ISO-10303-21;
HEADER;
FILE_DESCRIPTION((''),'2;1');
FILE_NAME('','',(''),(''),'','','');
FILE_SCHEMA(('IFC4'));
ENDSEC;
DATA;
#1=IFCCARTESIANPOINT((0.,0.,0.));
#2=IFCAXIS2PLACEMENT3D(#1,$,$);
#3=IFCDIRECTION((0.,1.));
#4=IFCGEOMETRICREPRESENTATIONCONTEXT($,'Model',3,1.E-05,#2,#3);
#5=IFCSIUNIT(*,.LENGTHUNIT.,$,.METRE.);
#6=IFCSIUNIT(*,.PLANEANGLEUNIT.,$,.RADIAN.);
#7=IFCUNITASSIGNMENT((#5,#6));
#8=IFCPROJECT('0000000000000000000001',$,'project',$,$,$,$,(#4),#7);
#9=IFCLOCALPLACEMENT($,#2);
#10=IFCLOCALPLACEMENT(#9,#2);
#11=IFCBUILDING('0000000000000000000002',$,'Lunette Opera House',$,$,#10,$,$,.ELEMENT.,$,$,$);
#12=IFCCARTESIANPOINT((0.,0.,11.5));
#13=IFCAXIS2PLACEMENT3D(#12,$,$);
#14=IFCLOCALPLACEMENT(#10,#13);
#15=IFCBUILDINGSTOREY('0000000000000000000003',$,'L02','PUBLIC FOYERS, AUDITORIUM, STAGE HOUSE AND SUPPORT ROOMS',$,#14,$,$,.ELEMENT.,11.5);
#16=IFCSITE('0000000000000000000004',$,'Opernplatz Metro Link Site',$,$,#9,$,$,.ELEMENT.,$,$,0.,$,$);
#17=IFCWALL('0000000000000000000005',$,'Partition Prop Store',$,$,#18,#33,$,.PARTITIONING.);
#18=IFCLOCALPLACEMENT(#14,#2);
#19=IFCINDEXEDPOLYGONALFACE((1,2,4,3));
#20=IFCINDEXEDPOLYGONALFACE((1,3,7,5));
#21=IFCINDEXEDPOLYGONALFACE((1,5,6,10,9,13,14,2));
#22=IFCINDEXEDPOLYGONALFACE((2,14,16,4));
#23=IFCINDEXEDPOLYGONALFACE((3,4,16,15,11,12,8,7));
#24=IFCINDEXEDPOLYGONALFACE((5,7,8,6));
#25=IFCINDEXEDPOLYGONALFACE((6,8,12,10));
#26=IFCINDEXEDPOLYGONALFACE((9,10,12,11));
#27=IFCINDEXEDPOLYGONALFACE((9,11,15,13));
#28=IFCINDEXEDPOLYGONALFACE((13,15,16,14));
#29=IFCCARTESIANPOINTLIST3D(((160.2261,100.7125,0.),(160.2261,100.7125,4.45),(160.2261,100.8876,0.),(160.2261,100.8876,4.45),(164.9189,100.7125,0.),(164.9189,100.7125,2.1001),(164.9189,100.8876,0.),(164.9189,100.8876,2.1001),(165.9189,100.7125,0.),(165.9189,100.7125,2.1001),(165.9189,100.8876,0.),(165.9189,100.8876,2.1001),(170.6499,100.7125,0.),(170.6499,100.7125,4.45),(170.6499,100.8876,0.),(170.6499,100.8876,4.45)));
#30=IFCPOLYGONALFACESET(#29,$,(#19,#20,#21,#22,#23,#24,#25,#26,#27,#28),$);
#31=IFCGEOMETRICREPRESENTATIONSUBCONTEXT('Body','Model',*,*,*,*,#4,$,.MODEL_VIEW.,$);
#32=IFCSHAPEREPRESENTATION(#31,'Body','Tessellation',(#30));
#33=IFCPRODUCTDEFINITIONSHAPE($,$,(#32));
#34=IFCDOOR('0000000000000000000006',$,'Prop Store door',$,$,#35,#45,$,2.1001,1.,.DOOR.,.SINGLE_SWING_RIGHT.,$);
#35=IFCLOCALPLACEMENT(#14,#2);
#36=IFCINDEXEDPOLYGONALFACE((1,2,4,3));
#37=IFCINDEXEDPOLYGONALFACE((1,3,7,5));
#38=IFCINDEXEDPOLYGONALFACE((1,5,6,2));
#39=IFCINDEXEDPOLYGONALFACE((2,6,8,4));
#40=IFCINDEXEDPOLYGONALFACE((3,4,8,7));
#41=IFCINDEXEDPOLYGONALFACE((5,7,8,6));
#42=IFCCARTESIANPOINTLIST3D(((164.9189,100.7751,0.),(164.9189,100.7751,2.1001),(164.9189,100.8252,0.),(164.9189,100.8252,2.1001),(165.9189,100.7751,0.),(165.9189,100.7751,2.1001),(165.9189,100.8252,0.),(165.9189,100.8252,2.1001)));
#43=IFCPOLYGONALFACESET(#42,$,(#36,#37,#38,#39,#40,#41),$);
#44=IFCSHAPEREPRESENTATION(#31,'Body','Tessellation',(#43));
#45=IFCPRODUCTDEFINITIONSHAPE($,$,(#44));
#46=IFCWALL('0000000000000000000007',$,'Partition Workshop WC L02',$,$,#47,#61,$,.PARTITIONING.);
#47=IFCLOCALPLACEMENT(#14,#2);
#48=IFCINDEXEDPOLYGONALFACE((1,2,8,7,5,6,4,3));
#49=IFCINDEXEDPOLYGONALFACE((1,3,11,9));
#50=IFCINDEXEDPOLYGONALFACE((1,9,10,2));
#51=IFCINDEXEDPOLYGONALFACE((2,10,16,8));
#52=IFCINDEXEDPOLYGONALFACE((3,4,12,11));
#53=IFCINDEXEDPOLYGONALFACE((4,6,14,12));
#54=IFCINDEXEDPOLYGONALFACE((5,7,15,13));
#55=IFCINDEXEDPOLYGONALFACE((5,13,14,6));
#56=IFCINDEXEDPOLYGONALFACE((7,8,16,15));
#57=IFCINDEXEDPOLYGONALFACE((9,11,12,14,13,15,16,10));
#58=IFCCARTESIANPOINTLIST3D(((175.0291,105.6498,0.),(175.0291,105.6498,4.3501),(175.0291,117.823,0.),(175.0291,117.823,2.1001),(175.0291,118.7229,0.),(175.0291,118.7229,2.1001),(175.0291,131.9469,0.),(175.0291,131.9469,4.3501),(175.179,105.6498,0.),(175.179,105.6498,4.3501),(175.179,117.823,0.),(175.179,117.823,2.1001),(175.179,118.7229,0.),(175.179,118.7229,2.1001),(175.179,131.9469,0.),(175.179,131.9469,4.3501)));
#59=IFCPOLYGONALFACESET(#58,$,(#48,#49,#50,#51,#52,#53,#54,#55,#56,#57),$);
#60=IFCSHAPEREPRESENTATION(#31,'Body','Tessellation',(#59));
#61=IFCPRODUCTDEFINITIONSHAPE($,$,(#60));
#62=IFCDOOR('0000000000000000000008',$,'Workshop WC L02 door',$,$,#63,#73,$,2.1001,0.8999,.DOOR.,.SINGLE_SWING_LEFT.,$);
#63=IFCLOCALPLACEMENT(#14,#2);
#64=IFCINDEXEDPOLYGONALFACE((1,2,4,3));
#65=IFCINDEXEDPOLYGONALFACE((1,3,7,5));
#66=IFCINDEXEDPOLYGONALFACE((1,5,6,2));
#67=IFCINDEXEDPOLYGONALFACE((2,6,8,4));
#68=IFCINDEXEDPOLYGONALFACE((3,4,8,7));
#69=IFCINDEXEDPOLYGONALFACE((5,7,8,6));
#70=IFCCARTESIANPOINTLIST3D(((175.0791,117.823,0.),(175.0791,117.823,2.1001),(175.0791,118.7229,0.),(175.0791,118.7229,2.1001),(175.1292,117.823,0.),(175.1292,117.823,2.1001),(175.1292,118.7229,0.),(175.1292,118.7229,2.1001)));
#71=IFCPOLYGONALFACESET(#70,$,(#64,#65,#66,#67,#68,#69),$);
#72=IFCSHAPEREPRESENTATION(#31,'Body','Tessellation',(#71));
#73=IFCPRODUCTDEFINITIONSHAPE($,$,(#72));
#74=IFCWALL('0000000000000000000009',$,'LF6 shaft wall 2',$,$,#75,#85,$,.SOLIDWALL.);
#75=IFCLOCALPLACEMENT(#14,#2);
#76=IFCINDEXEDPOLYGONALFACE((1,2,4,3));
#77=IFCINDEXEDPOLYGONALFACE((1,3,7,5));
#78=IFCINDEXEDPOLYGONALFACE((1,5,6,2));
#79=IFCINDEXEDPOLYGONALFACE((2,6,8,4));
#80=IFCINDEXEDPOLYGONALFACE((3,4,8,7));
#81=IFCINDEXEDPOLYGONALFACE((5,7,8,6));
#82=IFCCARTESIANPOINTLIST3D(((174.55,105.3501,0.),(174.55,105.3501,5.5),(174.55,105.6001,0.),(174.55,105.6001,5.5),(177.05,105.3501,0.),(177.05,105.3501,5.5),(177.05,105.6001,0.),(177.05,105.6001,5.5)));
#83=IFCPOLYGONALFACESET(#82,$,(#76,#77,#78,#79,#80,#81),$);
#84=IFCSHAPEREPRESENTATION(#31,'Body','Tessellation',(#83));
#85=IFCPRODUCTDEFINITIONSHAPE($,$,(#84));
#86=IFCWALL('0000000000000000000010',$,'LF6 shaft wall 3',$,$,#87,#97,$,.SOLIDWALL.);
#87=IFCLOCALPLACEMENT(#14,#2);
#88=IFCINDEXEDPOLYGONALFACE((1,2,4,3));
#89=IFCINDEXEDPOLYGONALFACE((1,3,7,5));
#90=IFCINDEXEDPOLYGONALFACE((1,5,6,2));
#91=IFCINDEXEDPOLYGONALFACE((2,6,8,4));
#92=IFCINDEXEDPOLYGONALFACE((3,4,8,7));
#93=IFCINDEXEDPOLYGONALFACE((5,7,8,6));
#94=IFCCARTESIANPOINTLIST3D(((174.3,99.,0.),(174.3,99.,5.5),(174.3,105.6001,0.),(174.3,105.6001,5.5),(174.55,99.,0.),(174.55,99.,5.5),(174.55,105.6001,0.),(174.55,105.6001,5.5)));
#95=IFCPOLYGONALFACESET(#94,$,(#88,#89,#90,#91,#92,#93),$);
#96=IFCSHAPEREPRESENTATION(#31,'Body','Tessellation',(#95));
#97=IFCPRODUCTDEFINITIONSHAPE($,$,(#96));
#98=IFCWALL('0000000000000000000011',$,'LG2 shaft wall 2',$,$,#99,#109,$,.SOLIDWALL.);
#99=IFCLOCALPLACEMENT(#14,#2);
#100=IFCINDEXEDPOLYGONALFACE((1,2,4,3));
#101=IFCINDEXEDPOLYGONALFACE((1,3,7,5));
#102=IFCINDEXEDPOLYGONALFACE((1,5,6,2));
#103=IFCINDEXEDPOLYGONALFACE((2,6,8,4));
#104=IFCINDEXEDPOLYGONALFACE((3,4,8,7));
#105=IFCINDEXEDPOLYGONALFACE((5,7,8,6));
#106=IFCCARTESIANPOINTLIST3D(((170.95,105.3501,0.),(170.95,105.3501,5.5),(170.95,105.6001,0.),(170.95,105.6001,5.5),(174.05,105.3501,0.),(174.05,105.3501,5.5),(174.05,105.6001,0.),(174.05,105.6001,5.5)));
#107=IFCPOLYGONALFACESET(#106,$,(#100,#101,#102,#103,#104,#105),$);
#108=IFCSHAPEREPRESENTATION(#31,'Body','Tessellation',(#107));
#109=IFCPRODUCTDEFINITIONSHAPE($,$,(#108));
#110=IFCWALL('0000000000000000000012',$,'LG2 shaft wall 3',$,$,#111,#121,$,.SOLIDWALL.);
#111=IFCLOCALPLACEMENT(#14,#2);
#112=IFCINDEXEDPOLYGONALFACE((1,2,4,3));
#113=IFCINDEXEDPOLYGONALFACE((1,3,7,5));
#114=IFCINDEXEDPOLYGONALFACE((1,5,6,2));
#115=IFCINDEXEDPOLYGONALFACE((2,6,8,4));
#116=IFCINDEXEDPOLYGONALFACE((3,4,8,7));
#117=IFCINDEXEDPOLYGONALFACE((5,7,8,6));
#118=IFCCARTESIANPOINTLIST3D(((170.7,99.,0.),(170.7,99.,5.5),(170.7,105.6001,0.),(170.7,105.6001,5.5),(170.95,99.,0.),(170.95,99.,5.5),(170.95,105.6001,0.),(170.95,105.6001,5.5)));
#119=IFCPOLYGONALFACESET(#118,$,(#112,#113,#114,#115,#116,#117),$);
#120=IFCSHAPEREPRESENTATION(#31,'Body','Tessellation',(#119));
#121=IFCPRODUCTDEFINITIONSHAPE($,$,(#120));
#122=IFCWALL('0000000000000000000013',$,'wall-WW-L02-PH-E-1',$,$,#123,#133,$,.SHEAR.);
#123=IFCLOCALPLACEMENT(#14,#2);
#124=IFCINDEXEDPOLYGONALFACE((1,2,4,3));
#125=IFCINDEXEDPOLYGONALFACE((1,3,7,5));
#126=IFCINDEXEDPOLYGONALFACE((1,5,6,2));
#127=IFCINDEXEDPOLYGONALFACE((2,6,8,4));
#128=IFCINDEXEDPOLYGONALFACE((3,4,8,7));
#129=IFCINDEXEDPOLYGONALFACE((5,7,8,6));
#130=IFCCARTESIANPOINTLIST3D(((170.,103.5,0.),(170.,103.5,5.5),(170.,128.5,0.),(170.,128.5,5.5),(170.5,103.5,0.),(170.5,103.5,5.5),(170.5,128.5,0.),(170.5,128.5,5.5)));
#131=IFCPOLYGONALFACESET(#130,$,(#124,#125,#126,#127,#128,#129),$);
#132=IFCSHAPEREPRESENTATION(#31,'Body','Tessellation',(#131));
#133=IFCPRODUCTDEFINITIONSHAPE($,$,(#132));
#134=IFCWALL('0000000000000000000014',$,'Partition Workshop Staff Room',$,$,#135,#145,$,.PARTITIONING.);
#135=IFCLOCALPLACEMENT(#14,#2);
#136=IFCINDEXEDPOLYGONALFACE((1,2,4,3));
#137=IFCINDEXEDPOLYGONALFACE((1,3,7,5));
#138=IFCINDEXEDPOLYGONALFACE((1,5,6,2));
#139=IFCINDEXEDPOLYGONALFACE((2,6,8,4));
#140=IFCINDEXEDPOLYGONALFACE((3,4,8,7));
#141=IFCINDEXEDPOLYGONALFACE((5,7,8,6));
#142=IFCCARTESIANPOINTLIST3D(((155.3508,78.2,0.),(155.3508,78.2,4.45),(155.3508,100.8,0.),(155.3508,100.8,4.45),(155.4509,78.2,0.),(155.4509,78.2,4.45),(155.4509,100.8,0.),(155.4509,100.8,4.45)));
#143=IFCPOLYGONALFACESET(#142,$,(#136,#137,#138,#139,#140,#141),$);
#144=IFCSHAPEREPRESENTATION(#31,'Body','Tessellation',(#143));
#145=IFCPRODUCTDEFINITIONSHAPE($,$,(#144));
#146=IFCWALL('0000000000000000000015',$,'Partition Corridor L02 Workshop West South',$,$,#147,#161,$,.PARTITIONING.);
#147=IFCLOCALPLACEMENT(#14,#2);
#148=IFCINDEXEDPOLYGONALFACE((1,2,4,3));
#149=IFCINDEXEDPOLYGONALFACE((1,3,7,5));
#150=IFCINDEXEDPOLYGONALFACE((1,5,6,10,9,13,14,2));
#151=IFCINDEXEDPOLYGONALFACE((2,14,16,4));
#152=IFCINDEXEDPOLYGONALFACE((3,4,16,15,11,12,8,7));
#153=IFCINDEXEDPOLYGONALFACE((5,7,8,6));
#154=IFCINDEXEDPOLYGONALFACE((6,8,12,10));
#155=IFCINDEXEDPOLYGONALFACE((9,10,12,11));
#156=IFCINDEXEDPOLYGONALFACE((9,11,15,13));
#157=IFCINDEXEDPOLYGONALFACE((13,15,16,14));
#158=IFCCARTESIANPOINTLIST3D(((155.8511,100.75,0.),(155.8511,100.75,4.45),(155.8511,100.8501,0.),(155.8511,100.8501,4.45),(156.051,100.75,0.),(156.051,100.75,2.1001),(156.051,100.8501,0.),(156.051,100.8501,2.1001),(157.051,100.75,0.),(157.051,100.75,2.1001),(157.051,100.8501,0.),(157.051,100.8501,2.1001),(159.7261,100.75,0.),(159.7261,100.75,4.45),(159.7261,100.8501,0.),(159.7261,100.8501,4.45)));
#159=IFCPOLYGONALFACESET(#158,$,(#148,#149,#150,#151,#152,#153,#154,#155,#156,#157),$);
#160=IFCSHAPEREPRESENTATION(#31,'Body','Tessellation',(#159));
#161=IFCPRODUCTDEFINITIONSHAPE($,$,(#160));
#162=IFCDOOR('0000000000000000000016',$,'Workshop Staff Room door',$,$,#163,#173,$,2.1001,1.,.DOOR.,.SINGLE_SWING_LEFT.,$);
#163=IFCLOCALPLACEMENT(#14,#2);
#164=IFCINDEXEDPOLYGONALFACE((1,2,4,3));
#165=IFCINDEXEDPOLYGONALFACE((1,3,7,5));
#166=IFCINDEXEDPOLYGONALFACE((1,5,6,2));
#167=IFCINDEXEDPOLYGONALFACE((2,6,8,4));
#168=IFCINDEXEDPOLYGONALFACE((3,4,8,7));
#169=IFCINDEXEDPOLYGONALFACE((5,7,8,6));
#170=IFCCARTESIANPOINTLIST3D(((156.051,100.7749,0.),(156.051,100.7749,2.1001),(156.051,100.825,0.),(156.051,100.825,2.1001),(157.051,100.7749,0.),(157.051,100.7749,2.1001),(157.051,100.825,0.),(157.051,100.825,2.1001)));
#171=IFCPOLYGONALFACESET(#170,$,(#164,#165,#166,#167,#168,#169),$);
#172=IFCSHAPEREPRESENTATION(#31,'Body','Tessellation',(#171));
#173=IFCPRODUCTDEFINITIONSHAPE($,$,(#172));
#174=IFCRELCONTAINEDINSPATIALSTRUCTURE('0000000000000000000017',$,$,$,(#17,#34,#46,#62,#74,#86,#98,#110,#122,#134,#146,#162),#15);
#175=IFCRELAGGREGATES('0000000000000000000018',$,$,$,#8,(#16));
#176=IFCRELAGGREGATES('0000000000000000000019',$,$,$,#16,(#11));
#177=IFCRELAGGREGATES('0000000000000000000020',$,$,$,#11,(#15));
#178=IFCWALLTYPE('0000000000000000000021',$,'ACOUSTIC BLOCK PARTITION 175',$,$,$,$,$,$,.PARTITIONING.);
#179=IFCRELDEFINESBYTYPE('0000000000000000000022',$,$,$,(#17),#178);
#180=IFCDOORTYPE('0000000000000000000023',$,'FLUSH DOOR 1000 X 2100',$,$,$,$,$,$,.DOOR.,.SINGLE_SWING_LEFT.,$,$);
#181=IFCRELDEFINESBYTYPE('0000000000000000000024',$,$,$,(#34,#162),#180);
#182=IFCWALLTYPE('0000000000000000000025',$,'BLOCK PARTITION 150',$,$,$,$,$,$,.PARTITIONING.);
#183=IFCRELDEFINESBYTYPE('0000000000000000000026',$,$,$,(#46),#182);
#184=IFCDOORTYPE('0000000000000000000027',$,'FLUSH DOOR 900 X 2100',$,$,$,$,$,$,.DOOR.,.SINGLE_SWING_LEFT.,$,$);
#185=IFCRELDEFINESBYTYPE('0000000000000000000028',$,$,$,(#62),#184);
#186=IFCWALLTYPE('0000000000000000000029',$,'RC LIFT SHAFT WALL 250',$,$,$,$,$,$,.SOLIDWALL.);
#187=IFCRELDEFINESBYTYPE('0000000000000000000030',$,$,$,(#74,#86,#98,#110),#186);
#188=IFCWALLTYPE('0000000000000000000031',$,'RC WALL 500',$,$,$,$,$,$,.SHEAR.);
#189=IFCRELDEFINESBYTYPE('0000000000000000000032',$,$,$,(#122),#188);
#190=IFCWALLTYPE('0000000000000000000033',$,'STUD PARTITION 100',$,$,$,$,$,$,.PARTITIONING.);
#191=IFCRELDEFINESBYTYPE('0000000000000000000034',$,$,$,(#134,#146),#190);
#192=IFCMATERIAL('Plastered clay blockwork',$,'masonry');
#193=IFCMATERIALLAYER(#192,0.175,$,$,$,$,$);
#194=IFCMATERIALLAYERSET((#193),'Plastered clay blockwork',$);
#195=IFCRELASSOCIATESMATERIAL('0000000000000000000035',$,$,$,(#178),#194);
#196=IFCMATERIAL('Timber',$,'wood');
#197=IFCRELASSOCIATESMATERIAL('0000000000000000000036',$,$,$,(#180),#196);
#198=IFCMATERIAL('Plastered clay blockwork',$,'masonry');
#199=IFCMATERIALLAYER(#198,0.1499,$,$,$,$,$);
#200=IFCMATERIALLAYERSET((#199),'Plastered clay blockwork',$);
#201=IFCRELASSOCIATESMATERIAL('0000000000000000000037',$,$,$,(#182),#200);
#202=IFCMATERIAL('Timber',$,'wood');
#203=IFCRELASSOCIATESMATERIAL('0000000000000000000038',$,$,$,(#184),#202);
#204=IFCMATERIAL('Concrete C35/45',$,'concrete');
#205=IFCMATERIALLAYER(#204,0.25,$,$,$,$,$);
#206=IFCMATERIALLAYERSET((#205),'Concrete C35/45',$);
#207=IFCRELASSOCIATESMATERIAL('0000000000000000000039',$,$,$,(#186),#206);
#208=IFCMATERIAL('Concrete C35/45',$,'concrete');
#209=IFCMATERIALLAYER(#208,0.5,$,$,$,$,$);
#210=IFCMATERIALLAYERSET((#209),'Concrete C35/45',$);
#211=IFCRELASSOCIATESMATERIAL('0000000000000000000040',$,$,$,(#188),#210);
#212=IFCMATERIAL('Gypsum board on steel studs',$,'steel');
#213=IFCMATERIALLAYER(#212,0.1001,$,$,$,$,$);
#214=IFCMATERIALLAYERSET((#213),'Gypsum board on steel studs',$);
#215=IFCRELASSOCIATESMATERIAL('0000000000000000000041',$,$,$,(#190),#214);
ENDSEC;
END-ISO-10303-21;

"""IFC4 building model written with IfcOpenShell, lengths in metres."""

from ifc_helpers import new_model, si_unit, direction, frame, frame_2d, origin, place, context, subcontext, project, spatial, rectangle, extrude, material, layer, layer_set, type_object, element, fill, save


model = new_model("IFC4")

# Units and contexts
model_context = context("Model", 3, precision=1e-05, world=origin(), true_north=direction((0.0, 1.0)))
body_context = subcontext(model_context, "Body", "Model", "MODEL_VIEW")
ifc_project = project(units=[si_unit("LENGTHUNIT", "METRE"), si_unit("PLANEANGLEUNIT", "RADIAN")], contexts=[model_context])

# Site, building, storey
site_placement = place(None, origin())
site = spatial("IfcSite", under=ifc_project, at=site_placement, Name="Opernplatz Metro Link Site", CompositionType="ELEMENT", RefElevation=0.0)
building_placement = place(site_placement, origin())
building = spatial("IfcBuilding", under=site, at=building_placement, Name="Lunette Opera House", CompositionType="ELEMENT")
storey_placement = place(building_placement, frame((0.0, 0.0, 11.5)))
storey = spatial("IfcBuildingStorey", under=building, at=storey_placement, Name="L02", Description="PUBLIC FOYERS, AUDITORIUM, STAGE HOUSE AND SUPPORT ROOMS", CompositionType="ELEMENT", Elevation=11.5)

# Shared definitions
ifc_material_1 = material(Name="Plastered clay blockwork", Category="masonry")
ifc_layer_1 = layer(ifc_material_1, 0.175)
ifc_layer_set_1 = layer_set([ifc_layer_1], Name="Plastered clay blockwork")
wall_type_1 = type_object("IfcWallType", Name="ACOUSTIC BLOCK PARTITION 175", PredefinedType="PARTITIONING", material=ifc_layer_set_1)

# Walls, openings, doors
wall_1_placement = place(storey_placement, frame((170.6499, 100.8, 0.0), z_axis=(0.0, 0.0, 1.0), x_axis=(-1.0, 0.0, 0.0)))
wall_1 = element("IfcWall", 1, at=wall_1_placement, inside=storey, type_object=wall_type_1, Name="Partition Prop Store", PredefinedType="PARTITIONING", context=body_context, shape_type="SweptSolid", body=[
    extrude(rectangle(XDim=10.4238, YDim=0.175, at=frame_2d((5.2119, 0.0))), origin(), (0.0, 0.0, 1.0), 4.45),
])
opening_1_placement = place(wall_1_placement, frame((4.731, 0.0, 0.0)))
opening_1 = element("IfcOpeningElement", 2, at=opening_1_placement, cuts=wall_1, PredefinedType="OPENING", context=body_context, shape_type="SweptSolid", body=[
    extrude(rectangle(XDim=1.0, YDim=2.1001, at=frame_2d((0.5, 1.05))), frame((0.0, 0.0996, 0.0), z_axis=(0.0, -1.0, 0.0), x_axis=(1.0, 0.0, 0.0)), (0.0, 0.0, 1.0), 0.199),
])
ifc_material_2 = material(Name="Timber", Category="wood")
door_type_1 = type_object("IfcDoorType", Name="FLUSH DOOR 1000 X 2100", OperationType="SINGLE_SWING_LEFT", PredefinedType="DOOR", material=ifc_material_2)
door_1_placement = place(opening_1_placement, origin())
door_1 = element("IfcDoor", 3, at=door_1_placement, inside=storey, type_object=door_type_1, Name="Prop Store door", OperationType="SINGLE_SWING_RIGHT", OverallHeight=2.1001, OverallWidth=1.0, PredefinedType="DOOR", context=body_context, shape_type="SweptSolid", body=[
    extrude(rectangle(XDim=1.0, YDim=2.1001, at=frame_2d((0.5, 1.05))), frame((0.0, 0.0249, 0.0), z_axis=(0.0, -1.0, 0.0), x_axis=(1.0, 0.0, 0.0)), (0.0, 0.0, 1.0), 0.05),
])
fill(opening_1, door_1)
ifc_material_3 = material(Name="Plastered clay blockwork", Category="masonry")
ifc_layer_2 = layer(ifc_material_3, 0.1499)
ifc_layer_set_2 = layer_set([ifc_layer_2], Name="Plastered clay blockwork")
wall_type_2 = type_object("IfcWallType", Name="BLOCK PARTITION 150", PredefinedType="PARTITIONING", material=ifc_layer_set_2)
wall_2_placement = place(storey_placement, frame((175.104, 105.6499, 0.0), z_axis=(0.0, 0.0, 1.0), x_axis=(0.0, 1.0, 0.0)))
wall_2 = element("IfcWall", 4, at=wall_2_placement, inside=storey, type_object=wall_type_2, Name="Partition Workshop WC L02", PredefinedType="PARTITIONING", context=body_context, shape_type="SweptSolid", body=[
    extrude(rectangle(XDim=26.2971, YDim=0.1499, at=frame_2d((13.1484, 0.0))), origin(), (0.0, 0.0, 1.0), 4.3501),
])
opening_2_placement = place(wall_2_placement, frame((12.1731, 0.0, 0.0)))
opening_2 = element("IfcOpeningElement", 5, at=opening_2_placement, cuts=wall_2, PredefinedType="OPENING", context=body_context, shape_type="SweptSolid", body=[
    extrude(rectangle(XDim=0.8999, YDim=2.1001, at=frame_2d((0.45, 1.05))), frame((0.0, 0.0869, 0.0), z_axis=(0.0, -1.0, 0.0), x_axis=(1.0, 0.0, 0.0)), (0.0, 0.0, 1.0), 0.1738),
])
ifc_material_4 = material(Name="Timber", Category="wood")
door_type_2 = type_object("IfcDoorType", Name="FLUSH DOOR 900 X 2100", OperationType="SINGLE_SWING_LEFT", PredefinedType="DOOR", material=ifc_material_4)
door_2_placement = place(opening_2_placement, origin())
door_2 = element("IfcDoor", 6, at=door_2_placement, inside=storey, type_object=door_type_2, Name="Workshop WC L02 door", OperationType="SINGLE_SWING_LEFT", OverallHeight=2.1001, OverallWidth=0.8999, PredefinedType="DOOR", context=body_context, shape_type="SweptSolid", body=[
    extrude(rectangle(XDim=0.8999, YDim=2.1001, at=frame_2d((0.45, 1.05))), frame((0.0, 0.0249, 0.0), z_axis=(0.0, -1.0, 0.0), x_axis=(1.0, 0.0, 0.0)), (0.0, 0.0, 1.0), 0.05),
])
fill(opening_2, door_2)

# Walls
ifc_material_5 = material(Name="Concrete C35/45", Category="concrete")
ifc_layer_3 = layer(ifc_material_5, 0.25)
ifc_layer_set_3 = layer_set([ifc_layer_3], Name="Concrete C35/45")
wall_type_3 = type_object("IfcWallType", Name="RC LIFT SHAFT WALL 250", PredefinedType="SOLIDWALL", material=ifc_layer_set_3)
wall_3_placement = place(storey_placement, frame((177.05, 105.4751, 0.0), z_axis=(0.0, 0.0, 1.0), x_axis=(-1.0, 0.0, 0.0)))
element("IfcWall", 7, at=wall_3_placement, inside=storey, type_object=wall_type_3, Name="LF6 shaft wall 2", PredefinedType="SOLIDWALL", context=body_context, shape_type="SweptSolid", body=[
    extrude(rectangle(XDim=2.5, YDim=0.25, at=frame_2d((1.25, 0.0))), origin(), (0.0, 0.0, 1.0), 5.5),
])
wall_4_placement = place(storey_placement, frame((174.425, 105.6001, 0.0), z_axis=(0.0, 0.0, 1.0), x_axis=(0.0, -1.0, 0.0)))
element("IfcWall", 8, at=wall_4_placement, inside=storey, type_object=wall_type_3, Name="LF6 shaft wall 3", PredefinedType="SOLIDWALL", context=body_context, shape_type="SweptSolid", body=[
    extrude(rectangle(XDim=6.6001, YDim=0.25, at=frame_2d((3.3, 0.0))), origin(), (0.0, 0.0, 1.0), 5.5),
])
wall_5_placement = place(storey_placement, frame((174.05, 105.4751, 0.0), z_axis=(0.0, 0.0, 1.0), x_axis=(-1.0, 0.0, 0.0)))
element("IfcWall", 9, at=wall_5_placement, inside=storey, type_object=wall_type_3, Name="LG2 shaft wall 2", PredefinedType="SOLIDWALL", context=body_context, shape_type="SweptSolid", body=[
    extrude(rectangle(XDim=3.1001, YDim=0.25, at=frame_2d((1.55, 0.0))), origin(), (0.0, 0.0, 1.0), 5.5),
])
wall_6_placement = place(storey_placement, frame((170.825, 105.6001, 0.0), z_axis=(0.0, 0.0, 1.0), x_axis=(0.0, -1.0, 0.0)))
element("IfcWall", 10, at=wall_6_placement, inside=storey, type_object=wall_type_3, Name="LG2 shaft wall 3", PredefinedType="SOLIDWALL", context=body_context, shape_type="SweptSolid", body=[
    extrude(rectangle(XDim=6.6001, YDim=0.25, at=frame_2d((3.3, 0.0))), origin(), (0.0, 0.0, 1.0), 5.5),
])
ifc_material_6 = material(Name="Concrete C35/45", Category="concrete")
ifc_layer_4 = layer(ifc_material_6, 0.5)
ifc_layer_set_4 = layer_set([ifc_layer_4], Name="Concrete C35/45")
wall_type_4 = type_object("IfcWallType", Name="RC WALL 500", PredefinedType="SHEAR", material=ifc_layer_set_4)
wall_7_placement = place(storey_placement, frame((170.25, 103.5, 0.0), z_axis=(0.0, 0.0, 1.0), x_axis=(0.0, 1.0, 0.0)))
element("IfcWall", 11, at=wall_7_placement, inside=storey, type_object=wall_type_4, Name="wall-WW-L02-PH-E-1", PredefinedType="SHEAR", context=body_context, shape_type="SweptSolid", body=[
    extrude(rectangle(XDim=25.0, YDim=0.5, at=frame_2d((12.5, 0.0))), origin(), (0.0, 0.0, 1.0), 5.5),
])
ifc_material_7 = material(Name="Gypsum board on steel studs", Category="steel")
ifc_layer_5 = layer(ifc_material_7, 0.1001)
ifc_layer_set_5 = layer_set([ifc_layer_5], Name="Gypsum board on steel studs")
wall_type_5 = type_object("IfcWallType", Name="STUD PARTITION 100", PredefinedType="PARTITIONING", material=ifc_layer_set_5)
wall_8_placement = place(storey_placement, frame((155.4009, 100.8, 0.0), z_axis=(0.0, 0.0, 1.0), x_axis=(0.0, -1.0, 0.0)))
element("IfcWall", 12, at=wall_8_placement, inside=storey, type_object=wall_type_5, Name="Partition Workshop Staff Room", PredefinedType="PARTITIONING", context=body_context, shape_type="SweptSolid", body=[
    extrude(rectangle(XDim=22.6001, YDim=0.1001, at=frame_2d((11.3, 0.0))), origin(), (0.0, 0.0, 1.0), 4.45),
])

# Wall, opening, door
wall_9_placement = place(storey_placement, frame((155.8511, 100.8, 0.0), z_axis=(0.0, 0.0, 1.0), x_axis=(1.0, 0.0, 0.0)))
wall_9 = element("IfcWall", 13, at=wall_9_placement, inside=storey, type_object=wall_type_5, Name="Partition Corridor L02 Workshop West South", PredefinedType="PARTITIONING", context=body_context, shape_type="SweptSolid", body=[
    extrude(rectangle(XDim=3.875, YDim=0.1001, at=frame_2d((1.9375, 0.0))), origin(), (0.0, 0.0, 1.0), 4.45),
])
opening_3_placement = place(wall_9_placement, frame((0.2, 0.0, 0.0)))
opening_3 = element("IfcOpeningElement", 14, at=opening_3_placement, cuts=wall_9, PredefinedType="OPENING", context=body_context, shape_type="SweptSolid", body=[
    extrude(rectangle(XDim=1.0, YDim=2.1001, at=frame_2d((0.5, 1.05))), frame((0.0, 0.062, 0.0), z_axis=(0.0, -1.0, 0.0), x_axis=(1.0, 0.0, 0.0)), (0.0, 0.0, 1.0), 0.124),
])
door_3_placement = place(opening_3_placement, origin())
door_3 = element("IfcDoor", 15, at=door_3_placement, inside=storey, type_object=door_type_1, Name="Workshop Staff Room door", OperationType="SINGLE_SWING_LEFT", OverallHeight=2.1001, OverallWidth=1.0, PredefinedType="DOOR", context=body_context, shape_type="SweptSolid", body=[
    extrude(rectangle(XDim=1.0, YDim=2.1001, at=frame_2d((0.5, 1.05))), frame((0.0, 0.0249, 0.0), z_axis=(0.0, -1.0, 0.0), x_axis=(1.0, 0.0, 0.0)), (0.0, 0.0, 1.0), 0.05),
])
fill(opening_3, door_3)

save(model, "model.ifc")
